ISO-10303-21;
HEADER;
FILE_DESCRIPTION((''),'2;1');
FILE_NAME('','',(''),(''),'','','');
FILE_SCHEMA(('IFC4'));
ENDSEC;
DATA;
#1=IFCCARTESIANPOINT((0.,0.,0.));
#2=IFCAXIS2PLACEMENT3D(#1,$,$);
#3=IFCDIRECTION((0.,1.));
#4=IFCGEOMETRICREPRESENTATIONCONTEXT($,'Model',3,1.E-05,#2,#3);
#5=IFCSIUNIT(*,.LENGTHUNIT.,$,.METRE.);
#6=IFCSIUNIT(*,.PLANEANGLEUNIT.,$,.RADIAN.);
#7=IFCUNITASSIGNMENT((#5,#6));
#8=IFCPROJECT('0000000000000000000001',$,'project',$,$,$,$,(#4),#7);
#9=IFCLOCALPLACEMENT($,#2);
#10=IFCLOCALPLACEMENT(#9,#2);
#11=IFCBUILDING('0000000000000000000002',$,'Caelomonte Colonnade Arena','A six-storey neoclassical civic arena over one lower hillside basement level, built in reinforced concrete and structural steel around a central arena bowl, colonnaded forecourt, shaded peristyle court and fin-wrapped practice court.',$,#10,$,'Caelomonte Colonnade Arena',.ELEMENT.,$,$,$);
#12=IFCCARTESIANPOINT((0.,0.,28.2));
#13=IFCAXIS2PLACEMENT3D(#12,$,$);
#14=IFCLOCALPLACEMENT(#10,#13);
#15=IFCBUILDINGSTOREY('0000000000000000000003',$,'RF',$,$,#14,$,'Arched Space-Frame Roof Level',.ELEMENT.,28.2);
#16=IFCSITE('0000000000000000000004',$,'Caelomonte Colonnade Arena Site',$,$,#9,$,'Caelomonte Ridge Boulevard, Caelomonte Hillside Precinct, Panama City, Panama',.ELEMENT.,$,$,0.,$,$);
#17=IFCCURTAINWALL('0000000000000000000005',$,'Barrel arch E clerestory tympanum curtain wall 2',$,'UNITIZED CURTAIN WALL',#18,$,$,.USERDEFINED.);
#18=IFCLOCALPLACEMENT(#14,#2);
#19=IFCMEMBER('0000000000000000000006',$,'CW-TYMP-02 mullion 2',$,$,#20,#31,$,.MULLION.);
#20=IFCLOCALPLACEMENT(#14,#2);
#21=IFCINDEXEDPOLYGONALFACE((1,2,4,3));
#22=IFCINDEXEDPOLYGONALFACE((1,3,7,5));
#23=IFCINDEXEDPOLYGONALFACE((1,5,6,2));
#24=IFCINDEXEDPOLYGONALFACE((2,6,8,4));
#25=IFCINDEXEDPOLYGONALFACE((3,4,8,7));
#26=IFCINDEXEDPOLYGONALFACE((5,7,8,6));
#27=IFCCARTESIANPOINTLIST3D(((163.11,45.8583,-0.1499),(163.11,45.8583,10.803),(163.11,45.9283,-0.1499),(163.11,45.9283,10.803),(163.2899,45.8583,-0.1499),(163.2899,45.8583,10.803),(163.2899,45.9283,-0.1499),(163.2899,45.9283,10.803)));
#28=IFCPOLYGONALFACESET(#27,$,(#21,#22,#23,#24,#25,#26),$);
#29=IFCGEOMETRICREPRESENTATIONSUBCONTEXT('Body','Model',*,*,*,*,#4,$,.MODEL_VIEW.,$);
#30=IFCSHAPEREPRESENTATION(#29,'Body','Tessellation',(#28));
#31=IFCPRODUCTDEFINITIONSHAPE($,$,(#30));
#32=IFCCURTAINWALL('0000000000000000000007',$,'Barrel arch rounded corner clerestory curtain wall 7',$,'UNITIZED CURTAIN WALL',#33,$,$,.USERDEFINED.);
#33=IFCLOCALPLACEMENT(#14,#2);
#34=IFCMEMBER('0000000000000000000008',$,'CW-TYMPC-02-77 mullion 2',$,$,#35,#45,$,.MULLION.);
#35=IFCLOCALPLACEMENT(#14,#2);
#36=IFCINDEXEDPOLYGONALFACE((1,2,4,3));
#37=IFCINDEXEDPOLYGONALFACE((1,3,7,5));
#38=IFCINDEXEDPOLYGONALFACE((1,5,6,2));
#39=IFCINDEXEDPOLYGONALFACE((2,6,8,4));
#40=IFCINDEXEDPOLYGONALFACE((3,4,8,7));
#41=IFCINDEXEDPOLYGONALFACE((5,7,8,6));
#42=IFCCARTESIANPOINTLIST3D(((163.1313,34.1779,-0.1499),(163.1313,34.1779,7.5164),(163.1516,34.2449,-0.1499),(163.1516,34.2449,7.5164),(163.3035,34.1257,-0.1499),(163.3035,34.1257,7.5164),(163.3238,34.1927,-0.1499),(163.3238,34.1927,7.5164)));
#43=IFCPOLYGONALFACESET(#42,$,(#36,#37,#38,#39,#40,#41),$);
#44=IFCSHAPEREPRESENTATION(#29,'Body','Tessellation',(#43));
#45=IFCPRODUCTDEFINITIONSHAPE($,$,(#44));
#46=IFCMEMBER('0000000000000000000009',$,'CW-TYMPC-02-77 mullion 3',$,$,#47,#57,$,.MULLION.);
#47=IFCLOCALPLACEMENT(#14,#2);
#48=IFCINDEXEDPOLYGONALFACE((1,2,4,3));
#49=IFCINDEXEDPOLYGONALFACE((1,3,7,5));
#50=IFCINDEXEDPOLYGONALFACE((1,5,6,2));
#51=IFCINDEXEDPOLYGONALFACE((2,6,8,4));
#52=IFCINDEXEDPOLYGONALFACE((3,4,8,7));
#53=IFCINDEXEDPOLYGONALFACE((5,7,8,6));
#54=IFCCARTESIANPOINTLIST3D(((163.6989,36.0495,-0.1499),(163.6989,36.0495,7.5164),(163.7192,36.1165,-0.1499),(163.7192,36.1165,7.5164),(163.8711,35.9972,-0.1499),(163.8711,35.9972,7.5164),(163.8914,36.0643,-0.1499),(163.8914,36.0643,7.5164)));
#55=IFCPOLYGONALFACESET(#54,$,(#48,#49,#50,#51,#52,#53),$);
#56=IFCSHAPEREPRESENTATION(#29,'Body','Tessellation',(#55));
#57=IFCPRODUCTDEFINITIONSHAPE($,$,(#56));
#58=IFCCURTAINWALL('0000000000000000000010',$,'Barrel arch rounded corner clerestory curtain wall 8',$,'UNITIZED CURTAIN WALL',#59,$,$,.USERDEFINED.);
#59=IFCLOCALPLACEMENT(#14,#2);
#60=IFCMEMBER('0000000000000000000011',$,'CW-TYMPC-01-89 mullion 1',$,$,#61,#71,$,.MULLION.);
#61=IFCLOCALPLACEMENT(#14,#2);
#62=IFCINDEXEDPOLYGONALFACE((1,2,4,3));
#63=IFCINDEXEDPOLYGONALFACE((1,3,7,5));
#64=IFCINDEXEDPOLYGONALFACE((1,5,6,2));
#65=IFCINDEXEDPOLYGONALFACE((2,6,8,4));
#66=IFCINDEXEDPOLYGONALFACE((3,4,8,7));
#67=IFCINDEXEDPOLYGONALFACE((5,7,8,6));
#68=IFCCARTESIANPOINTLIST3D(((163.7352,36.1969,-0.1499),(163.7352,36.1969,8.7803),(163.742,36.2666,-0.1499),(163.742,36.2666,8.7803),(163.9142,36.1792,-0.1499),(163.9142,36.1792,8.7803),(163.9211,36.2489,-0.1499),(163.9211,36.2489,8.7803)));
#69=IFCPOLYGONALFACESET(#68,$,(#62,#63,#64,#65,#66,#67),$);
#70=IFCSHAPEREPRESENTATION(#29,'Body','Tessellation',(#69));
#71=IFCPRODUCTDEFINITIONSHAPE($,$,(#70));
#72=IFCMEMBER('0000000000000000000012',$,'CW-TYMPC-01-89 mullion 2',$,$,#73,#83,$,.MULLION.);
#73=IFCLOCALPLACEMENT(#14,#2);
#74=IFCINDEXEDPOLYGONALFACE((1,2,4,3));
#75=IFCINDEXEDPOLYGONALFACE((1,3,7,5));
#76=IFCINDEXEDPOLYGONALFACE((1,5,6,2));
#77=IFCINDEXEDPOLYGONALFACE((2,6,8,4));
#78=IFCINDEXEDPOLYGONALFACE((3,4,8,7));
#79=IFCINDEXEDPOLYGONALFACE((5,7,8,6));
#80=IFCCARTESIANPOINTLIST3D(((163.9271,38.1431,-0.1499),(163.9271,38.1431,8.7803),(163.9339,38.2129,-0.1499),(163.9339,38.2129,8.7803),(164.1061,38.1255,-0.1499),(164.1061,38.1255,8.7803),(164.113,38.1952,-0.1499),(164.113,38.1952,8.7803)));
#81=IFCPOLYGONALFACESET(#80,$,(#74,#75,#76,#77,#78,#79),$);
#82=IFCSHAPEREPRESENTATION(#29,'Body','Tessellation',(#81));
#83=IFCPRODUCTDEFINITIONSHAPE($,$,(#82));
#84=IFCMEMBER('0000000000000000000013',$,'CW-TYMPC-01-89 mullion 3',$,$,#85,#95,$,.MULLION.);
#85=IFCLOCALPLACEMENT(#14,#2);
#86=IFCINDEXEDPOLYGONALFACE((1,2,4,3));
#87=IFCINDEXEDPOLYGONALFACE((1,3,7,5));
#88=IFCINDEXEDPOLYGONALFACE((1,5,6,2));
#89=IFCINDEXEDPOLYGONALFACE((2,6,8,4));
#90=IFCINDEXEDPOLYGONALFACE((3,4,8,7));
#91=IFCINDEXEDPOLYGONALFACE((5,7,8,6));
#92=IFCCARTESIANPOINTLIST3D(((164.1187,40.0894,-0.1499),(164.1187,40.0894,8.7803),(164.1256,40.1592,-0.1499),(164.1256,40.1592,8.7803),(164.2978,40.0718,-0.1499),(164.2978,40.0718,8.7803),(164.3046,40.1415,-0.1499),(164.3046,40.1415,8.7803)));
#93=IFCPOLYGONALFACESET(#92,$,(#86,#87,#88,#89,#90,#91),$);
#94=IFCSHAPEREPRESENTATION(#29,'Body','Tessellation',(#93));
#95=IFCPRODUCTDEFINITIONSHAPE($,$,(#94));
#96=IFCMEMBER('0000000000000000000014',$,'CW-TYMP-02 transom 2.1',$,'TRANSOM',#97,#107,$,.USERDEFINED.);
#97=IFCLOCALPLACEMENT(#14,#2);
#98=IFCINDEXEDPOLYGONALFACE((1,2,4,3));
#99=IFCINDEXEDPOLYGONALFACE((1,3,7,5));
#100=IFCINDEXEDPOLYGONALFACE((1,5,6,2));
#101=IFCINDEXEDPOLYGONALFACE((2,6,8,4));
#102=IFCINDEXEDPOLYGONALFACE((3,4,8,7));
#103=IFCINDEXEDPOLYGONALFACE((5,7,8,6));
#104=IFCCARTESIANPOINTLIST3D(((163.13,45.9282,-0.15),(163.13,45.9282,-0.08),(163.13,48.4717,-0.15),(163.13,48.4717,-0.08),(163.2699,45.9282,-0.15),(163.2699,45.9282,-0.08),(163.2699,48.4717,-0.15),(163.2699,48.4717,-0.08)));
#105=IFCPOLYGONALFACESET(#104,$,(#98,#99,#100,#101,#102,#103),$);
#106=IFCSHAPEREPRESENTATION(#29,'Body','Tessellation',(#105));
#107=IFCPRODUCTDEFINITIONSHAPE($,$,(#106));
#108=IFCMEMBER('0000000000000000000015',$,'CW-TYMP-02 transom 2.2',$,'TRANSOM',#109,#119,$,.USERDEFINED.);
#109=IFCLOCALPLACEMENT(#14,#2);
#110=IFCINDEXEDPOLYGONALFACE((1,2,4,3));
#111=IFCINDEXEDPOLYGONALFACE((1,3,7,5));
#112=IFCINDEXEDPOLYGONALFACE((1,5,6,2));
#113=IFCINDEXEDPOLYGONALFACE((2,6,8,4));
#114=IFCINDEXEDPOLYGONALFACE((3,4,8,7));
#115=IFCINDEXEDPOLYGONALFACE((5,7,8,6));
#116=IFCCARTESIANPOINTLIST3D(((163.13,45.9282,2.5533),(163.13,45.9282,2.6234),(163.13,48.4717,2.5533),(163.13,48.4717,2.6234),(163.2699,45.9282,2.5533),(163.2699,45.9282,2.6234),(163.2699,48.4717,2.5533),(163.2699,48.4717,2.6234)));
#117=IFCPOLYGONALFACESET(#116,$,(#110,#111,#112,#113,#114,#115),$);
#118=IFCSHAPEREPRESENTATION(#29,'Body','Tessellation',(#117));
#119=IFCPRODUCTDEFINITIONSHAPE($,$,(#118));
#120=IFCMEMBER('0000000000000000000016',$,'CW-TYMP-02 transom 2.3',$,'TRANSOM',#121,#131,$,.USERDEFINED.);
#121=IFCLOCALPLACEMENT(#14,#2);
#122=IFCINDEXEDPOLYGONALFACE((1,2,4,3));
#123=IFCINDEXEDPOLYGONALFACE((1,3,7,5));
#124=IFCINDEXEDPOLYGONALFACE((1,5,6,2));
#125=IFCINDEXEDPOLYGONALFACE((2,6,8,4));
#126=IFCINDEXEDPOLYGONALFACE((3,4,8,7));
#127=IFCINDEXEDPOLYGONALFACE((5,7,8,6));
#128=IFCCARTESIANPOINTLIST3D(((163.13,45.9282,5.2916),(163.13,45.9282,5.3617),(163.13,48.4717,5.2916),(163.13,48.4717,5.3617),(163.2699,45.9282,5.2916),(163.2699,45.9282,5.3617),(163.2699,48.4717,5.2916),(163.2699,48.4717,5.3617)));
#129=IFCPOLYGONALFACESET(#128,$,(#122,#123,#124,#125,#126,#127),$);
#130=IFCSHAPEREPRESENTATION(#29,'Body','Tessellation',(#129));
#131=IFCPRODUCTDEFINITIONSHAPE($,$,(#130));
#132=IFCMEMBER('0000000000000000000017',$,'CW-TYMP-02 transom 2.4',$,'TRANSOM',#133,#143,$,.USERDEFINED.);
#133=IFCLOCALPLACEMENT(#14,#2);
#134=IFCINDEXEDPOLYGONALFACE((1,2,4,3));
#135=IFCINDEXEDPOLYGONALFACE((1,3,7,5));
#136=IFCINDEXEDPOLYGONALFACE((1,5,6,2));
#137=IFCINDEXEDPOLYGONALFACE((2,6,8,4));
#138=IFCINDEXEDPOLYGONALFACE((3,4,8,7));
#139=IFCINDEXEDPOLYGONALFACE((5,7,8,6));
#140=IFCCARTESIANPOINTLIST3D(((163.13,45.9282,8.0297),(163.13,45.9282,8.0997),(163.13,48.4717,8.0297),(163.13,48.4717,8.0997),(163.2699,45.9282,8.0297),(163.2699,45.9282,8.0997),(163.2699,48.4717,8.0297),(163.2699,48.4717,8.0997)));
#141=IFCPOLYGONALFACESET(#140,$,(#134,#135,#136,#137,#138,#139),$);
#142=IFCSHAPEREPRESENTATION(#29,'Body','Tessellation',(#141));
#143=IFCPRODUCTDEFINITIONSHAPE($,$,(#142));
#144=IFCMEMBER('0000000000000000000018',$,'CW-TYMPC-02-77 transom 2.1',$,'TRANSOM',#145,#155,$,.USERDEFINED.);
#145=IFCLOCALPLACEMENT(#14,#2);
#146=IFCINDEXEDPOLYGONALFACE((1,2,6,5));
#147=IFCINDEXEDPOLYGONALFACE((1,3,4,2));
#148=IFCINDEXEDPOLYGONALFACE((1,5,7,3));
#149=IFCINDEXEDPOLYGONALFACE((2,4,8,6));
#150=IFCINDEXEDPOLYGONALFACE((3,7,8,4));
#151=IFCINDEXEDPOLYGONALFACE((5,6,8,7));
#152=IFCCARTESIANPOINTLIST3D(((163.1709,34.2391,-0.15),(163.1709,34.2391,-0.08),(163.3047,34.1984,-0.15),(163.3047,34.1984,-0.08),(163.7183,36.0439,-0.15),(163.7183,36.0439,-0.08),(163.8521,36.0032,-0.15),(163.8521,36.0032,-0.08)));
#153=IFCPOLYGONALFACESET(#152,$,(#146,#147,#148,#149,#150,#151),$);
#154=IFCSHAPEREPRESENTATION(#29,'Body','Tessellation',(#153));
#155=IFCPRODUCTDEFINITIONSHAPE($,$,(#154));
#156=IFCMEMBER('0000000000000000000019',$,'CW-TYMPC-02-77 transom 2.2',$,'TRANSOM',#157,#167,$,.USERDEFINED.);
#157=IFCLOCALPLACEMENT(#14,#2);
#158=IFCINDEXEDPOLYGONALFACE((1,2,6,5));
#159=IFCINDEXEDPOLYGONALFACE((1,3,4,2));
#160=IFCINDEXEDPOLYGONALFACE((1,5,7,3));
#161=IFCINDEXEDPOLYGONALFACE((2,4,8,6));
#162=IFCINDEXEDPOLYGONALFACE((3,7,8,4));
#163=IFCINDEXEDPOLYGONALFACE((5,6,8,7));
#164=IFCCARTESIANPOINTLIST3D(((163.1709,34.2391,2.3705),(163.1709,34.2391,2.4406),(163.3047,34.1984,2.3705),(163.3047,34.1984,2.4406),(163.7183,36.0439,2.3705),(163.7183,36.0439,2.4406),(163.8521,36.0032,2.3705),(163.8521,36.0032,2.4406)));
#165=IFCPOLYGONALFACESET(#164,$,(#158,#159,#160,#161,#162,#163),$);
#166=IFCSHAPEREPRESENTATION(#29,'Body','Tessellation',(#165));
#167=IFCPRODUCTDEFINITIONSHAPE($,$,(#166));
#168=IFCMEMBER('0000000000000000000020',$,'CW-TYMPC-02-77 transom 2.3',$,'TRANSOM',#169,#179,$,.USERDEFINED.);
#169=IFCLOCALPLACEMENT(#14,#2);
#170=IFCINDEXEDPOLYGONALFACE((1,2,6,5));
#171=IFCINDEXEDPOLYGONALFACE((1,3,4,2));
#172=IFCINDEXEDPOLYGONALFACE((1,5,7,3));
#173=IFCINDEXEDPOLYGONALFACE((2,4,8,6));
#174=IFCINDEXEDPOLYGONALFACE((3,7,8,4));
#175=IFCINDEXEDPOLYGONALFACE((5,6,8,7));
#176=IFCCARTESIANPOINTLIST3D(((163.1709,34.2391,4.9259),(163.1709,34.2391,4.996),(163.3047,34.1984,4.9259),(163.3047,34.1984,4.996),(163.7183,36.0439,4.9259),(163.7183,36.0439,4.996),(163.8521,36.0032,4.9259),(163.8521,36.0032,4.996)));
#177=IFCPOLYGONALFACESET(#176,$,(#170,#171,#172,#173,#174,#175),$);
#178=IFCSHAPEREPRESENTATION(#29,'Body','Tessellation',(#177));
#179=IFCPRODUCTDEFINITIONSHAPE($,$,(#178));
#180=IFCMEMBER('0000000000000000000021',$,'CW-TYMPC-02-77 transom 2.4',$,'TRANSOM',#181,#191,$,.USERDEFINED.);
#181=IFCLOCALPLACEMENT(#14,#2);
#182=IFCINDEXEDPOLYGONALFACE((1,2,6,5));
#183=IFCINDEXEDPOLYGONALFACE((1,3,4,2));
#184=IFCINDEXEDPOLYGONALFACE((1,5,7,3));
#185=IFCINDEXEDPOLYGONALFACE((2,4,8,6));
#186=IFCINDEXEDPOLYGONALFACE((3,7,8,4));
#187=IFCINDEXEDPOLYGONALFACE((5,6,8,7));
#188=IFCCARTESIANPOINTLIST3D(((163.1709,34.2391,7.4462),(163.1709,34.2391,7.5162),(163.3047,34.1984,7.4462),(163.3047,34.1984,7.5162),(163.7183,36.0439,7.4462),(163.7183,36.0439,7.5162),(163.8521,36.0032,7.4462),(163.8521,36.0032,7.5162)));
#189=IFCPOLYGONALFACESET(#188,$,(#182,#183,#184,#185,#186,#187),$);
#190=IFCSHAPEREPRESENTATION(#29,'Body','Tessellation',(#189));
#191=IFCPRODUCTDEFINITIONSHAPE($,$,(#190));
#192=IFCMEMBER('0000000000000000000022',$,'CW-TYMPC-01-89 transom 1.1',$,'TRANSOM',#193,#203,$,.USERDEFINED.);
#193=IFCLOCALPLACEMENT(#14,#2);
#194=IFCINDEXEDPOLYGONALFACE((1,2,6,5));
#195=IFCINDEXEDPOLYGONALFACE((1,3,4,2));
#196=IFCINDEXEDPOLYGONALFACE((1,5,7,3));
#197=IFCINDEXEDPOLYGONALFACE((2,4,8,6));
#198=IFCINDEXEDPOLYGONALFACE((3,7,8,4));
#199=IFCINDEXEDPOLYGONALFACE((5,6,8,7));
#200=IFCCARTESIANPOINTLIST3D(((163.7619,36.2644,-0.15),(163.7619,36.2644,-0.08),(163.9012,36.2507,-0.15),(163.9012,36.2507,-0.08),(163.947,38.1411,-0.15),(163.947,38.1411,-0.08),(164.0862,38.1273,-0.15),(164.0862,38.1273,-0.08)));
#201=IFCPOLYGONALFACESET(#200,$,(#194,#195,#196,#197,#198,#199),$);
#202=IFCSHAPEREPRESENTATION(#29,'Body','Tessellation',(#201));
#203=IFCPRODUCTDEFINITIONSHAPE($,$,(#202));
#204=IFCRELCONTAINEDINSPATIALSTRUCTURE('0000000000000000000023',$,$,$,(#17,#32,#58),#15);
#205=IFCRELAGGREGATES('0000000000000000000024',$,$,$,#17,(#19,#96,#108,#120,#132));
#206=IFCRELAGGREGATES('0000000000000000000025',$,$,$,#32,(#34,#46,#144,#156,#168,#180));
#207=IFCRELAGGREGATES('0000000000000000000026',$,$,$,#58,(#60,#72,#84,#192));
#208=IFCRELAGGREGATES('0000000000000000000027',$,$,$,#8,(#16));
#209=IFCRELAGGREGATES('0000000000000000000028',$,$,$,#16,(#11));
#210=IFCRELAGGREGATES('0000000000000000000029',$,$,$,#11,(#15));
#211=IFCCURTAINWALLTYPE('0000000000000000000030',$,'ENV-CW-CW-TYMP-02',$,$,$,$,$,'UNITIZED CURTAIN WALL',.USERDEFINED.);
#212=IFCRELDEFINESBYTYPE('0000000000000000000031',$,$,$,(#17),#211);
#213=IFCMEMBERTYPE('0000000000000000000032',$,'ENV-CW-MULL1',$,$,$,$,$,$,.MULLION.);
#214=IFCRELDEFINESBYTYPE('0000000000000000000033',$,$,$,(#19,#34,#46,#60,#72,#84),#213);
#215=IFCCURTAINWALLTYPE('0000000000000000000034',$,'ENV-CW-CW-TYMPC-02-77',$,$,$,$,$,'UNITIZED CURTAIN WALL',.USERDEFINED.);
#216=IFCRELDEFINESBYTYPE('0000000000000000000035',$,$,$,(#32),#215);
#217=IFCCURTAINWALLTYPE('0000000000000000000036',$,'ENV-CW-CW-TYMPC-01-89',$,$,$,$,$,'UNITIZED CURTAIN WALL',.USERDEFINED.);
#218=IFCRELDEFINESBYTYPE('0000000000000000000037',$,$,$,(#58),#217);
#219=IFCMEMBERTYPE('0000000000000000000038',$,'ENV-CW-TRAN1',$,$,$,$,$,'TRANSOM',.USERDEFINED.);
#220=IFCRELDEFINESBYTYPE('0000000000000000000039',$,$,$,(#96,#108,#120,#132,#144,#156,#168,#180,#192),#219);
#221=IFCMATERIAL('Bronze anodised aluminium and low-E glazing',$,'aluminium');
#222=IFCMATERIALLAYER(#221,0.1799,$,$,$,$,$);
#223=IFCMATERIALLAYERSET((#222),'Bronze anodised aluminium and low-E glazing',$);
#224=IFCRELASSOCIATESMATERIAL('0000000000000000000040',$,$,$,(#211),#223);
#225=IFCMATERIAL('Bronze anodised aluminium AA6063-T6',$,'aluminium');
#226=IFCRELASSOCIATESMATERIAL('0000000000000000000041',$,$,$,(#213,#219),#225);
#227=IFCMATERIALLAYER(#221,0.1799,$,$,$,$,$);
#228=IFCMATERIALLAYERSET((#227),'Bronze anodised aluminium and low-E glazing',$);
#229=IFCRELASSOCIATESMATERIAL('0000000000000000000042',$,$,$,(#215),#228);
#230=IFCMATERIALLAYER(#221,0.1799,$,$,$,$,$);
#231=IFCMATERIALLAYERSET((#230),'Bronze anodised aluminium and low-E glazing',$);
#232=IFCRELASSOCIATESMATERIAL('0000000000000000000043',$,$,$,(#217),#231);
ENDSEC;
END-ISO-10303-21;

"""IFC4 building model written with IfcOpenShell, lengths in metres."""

from ifc_helpers import new_model, si_unit, direction, frame, origin, origin_2d, place, context, subcontext, project, spatial, rectangle, extrude, material, layer, layer_set, material_profile, profile_set, type_object, element, aggregate, save


model = new_model("IFC4")

# Units and contexts
model_context = context("Model", 3, precision=1e-05, world=origin(), true_north=direction((0.0, 1.0)))
body_context = subcontext(model_context, "Body", "Model", "MODEL_VIEW")
ifc_project = project(units=[si_unit("LENGTHUNIT", "METRE"), si_unit("PLANEANGLEUNIT", "RADIAN")], contexts=[model_context])

# Site, building, storey
site_placement = place(None, origin())
site = spatial("IfcSite", under=ifc_project, at=site_placement, Name="Caelomonte Colonnade Arena Site", LongName="Caelomonte Ridge Boulevard, Caelomonte Hillside Precinct, Panama City, Panama", CompositionType="ELEMENT", RefElevation=0.0)
building_placement = place(site_placement, origin())
building = spatial("IfcBuilding", under=site, at=building_placement, Name="Caelomonte Colonnade Arena", Description="A six-storey neoclassical civic arena over one lower hillside basement level, built in reinforced concrete and structural steel around a central arena bowl, colonnaded forecourt, shaded peristyle court and fin-wrapped practice court.", LongName="Caelomonte Colonnade Arena", CompositionType="ELEMENT")
storey_placement = place(building_placement, frame((0.0, 0.0, 28.2)))
storey = spatial("IfcBuildingStorey", under=building, at=storey_placement, Name="RF", LongName="Arched Space-Frame Roof Level", CompositionType="ELEMENT", Elevation=28.2)

# Curtain wall, member
ifc_material_1 = material(Name="Bronze anodised aluminium and low-E glazing", Category="aluminium")
ifc_layer_1 = layer(ifc_material_1, 0.1799)
ifc_layer_set_1 = layer_set([ifc_layer_1], Name="Bronze anodised aluminium and low-E glazing")
curtain_wall_type_1 = type_object("IfcCurtainWallType", Name="ENV-CW-CW-TYMP-02", ElementType="UNITIZED CURTAIN WALL", PredefinedType="USERDEFINED", material=ifc_layer_set_1)
curtain_wall_1_placement = place(storey_placement, origin())
curtain_wall_1 = element("IfcCurtainWall", 1, at=curtain_wall_1_placement, inside=storey, type_object=curtain_wall_type_1, Name="Barrel arch E clerestory tympanum curtain wall 2", ObjectType="UNITIZED CURTAIN WALL", PredefinedType="USERDEFINED")
ifc_material_2 = material(Name="Bronze anodised aluminium AA6063-T6", Category="aluminium")
ifc_material_profile_1 = material_profile(ifc_material_2, rectangle(XDim=0.0701, YDim=0.1799, at=origin_2d()), Name="CWM-70X180")
ifc_profile_set_1 = profile_set([ifc_material_profile_1], Name="Bronze anodised aluminium AA6063-T6")
member_type_1 = type_object("IfcMemberType", Name="ENV-CW-MULL1", PredefinedType="MULLION", material=ifc_profile_set_1)
member_1_placement = place(storey_placement, frame((163.2, 45.8933, -0.1499), z_axis=(0.0, 0.0, 1.0), x_axis=(0.0, 1.0, 0.0)))
member_1 = element("IfcMember", 2, at=member_1_placement, type_object=member_type_1, Name="CW-TYMP-02 mullion 2", PredefinedType="MULLION", context=body_context, shape_type="SweptSolid", body=[
    extrude(rectangle(XDim=0.0701, YDim=0.1799, at=origin_2d()), origin(), (0.0, 0.0, 1.0), 10.9529),
])

# Curtain walls, members
ifc_layer_2 = layer(ifc_material_1, 0.1799)
ifc_layer_set_2 = layer_set([ifc_layer_2], Name="Bronze anodised aluminium and low-E glazing")
curtain_wall_type_2 = type_object("IfcCurtainWallType", Name="ENV-CW-CW-TYMPC-02-77", ElementType="UNITIZED CURTAIN WALL", PredefinedType="USERDEFINED", material=ifc_layer_set_2)
curtain_wall_2_placement = place(storey_placement, origin())
curtain_wall_2 = element("IfcCurtainWall", 3, at=curtain_wall_2_placement, inside=storey, type_object=curtain_wall_type_2, Name="Barrel arch rounded corner clerestory curtain wall 7", ObjectType="UNITIZED CURTAIN WALL", PredefinedType="USERDEFINED")
member_2_placement = place(storey_placement, frame((163.2275, 34.1853, -0.1499), z_axis=(0.0, 0.0, 1.0), x_axis=(0.290266, 0.956946, 0.0)))
member_2 = element("IfcMember", 4, at=member_2_placement, type_object=member_type_1, Name="CW-TYMPC-02-77 mullion 2", PredefinedType="MULLION", context=body_context, shape_type="SweptSolid", body=[
    extrude(rectangle(XDim=0.0701, YDim=0.1799, at=origin_2d()), origin(), (0.0, 0.0, 1.0), 7.6663),
])
member_3_placement = place(storey_placement, frame((163.7952, 36.0569, -0.1499), z_axis=(0.0, 0.0, 1.0), x_axis=(0.290266, 0.956946, 0.0)))
member_3 = element("IfcMember", 5, at=member_3_placement, type_object=member_type_1, Name="CW-TYMPC-02-77 mullion 3", PredefinedType="MULLION", context=body_context, shape_type="SweptSolid", body=[
    extrude(rectangle(XDim=0.0701, YDim=0.1799, at=origin_2d()), origin(), (0.0, 0.0, 1.0), 7.6663),
])
ifc_layer_3 = layer(ifc_material_1, 0.1799)
ifc_layer_set_3 = layer_set([ifc_layer_3], Name="Bronze anodised aluminium and low-E glazing")
curtain_wall_type_3 = type_object("IfcCurtainWallType", Name="ENV-CW-CW-TYMPC-01-89", ElementType="UNITIZED CURTAIN WALL", PredefinedType="USERDEFINED", material=ifc_layer_set_3)
curtain_wall_3_placement = place(storey_placement, origin())
curtain_wall_3 = element("IfcCurtainWall", 6, at=curtain_wall_3_placement, inside=storey, type_object=curtain_wall_type_3, Name="Barrel arch rounded corner clerestory curtain wall 8", ObjectType="UNITIZED CURTAIN WALL", PredefinedType="USERDEFINED")
member_4_placement = place(storey_placement, frame((163.8281, 36.2229, -0.1499), z_axis=(0.0, 0.0, 1.0), x_axis=(0.098031, 0.995183, 0.0)))
member_4 = element("IfcMember", 7, at=member_4_placement, type_object=member_type_1, Name="CW-TYMPC-01-89 mullion 1", PredefinedType="MULLION", context=body_context, shape_type="SweptSolid", body=[
    extrude(rectangle(XDim=0.0701, YDim=0.1799, at=origin_2d()), origin(), (0.0, 0.0, 1.0), 8.9302),
])
member_5_placement = place(storey_placement, frame((164.02, 38.1692, -0.1499), z_axis=(0.0, 0.0, 1.0), x_axis=(0.098031, 0.995183, 0.0)))
member_5 = element("IfcMember", 8, at=member_5_placement, type_object=member_type_1, Name="CW-TYMPC-01-89 mullion 2", PredefinedType="MULLION", context=body_context, shape_type="SweptSolid", body=[
    extrude(rectangle(XDim=0.0701, YDim=0.1799, at=origin_2d()), origin(), (0.0, 0.0, 1.0), 8.9302),
])
member_6_placement = place(storey_placement, frame((164.2117, 40.1155, -0.1499), z_axis=(0.0, 0.0, 1.0), x_axis=(0.098031, 0.995183, 0.0)))
member_6 = element("IfcMember", 9, at=member_6_placement, type_object=member_type_1, Name="CW-TYMPC-01-89 mullion 3", PredefinedType="MULLION", context=body_context, shape_type="SweptSolid", body=[
    extrude(rectangle(XDim=0.0701, YDim=0.1799, at=origin_2d()), origin(), (0.0, 0.0, 1.0), 8.9302),
])

# Members
ifc_material_profile_2 = material_profile(ifc_material_2, rectangle(XDim=0.0701, YDim=0.1399, at=origin_2d()), Name="CWT-70X140")
ifc_profile_set_2 = profile_set([ifc_material_profile_2], Name="Bronze anodised aluminium AA6063-T6")
member_type_2 = type_object("IfcMemberType", Name="ENV-CW-TRAN1", ElementType="TRANSOM", PredefinedType="USERDEFINED", material=ifc_profile_set_2)
member_7_placement = place(storey_placement, frame((163.2, 45.9282, -0.115), z_axis=(0.0, 1.0, 0.0), x_axis=(0.0, 0.0, 1.0)))
member_7 = element("IfcMember", 10, at=member_7_placement, type_object=member_type_2, Name="CW-TYMP-02 transom 2.1", ObjectType="TRANSOM", PredefinedType="USERDEFINED", context=body_context, shape_type="SweptSolid", body=[
    extrude(rectangle(XDim=0.0701, YDim=0.1399, at=origin_2d()), origin(), (0.0, 0.0, 1.0), 2.5435),
])
member_8_placement = place(storey_placement, frame((163.2, 45.9282, 2.5884), z_axis=(0.0, 1.0, 0.0), x_axis=(0.0, 0.0, 1.0)))
member_8 = element("IfcMember", 11, at=member_8_placement, type_object=member_type_2, Name="CW-TYMP-02 transom 2.2", ObjectType="TRANSOM", PredefinedType="USERDEFINED", context=body_context, shape_type="SweptSolid", body=[
    extrude(rectangle(XDim=0.0701, YDim=0.1399, at=origin_2d()), origin(), (0.0, 0.0, 1.0), 2.5435),
])
member_9_placement = place(storey_placement, frame((163.2, 45.9282, 5.3267), z_axis=(0.0, 1.0, 0.0), x_axis=(0.0, 0.0, 1.0)))
member_9 = element("IfcMember", 12, at=member_9_placement, type_object=member_type_2, Name="CW-TYMP-02 transom 2.3", ObjectType="TRANSOM", PredefinedType="USERDEFINED", context=body_context, shape_type="SweptSolid", body=[
    extrude(rectangle(XDim=0.0701, YDim=0.1399, at=origin_2d()), origin(), (0.0, 0.0, 1.0), 2.5435),
])
member_10_placement = place(storey_placement, frame((163.2, 45.9282, 8.0647), z_axis=(0.0, 1.0, 0.0), x_axis=(0.0, 0.0, 1.0)))
member_10 = element("IfcMember", 13, at=member_10_placement, type_object=member_type_2, Name="CW-TYMP-02 transom 2.4", ObjectType="TRANSOM", PredefinedType="USERDEFINED", context=body_context, shape_type="SweptSolid", body=[
    extrude(rectangle(XDim=0.0701, YDim=0.1399, at=origin_2d()), origin(), (0.0, 0.0, 1.0), 2.5435),
])
aggregate(curtain_wall_1, [member_1, member_7, member_8, member_9, member_10])
member_11_placement = place(storey_placement, frame((163.2378, 34.2188, -0.115), z_axis=(0.290245, 0.956953, 0.0), x_axis=(0.0, 0.0, 1.0)))
member_11 = element("IfcMember", 14, at=member_11_placement, type_object=member_type_2, Name="CW-TYMPC-02-77 transom 2.1", ObjectType="TRANSOM", PredefinedType="USERDEFINED", context=body_context, shape_type="SweptSolid", body=[
    extrude(rectangle(XDim=0.0701, YDim=0.1399, at=origin_2d()), origin(), (0.0, 0.0, 1.0), 1.886),
])
member_12_placement = place(storey_placement, frame((163.2378, 34.2188, 2.4055), z_axis=(0.290245, 0.956953, 0.0), x_axis=(0.0, 0.0, 1.0)))
member_12 = element("IfcMember", 15, at=member_12_placement, type_object=member_type_2, Name="CW-TYMPC-02-77 transom 2.2", ObjectType="TRANSOM", PredefinedType="USERDEFINED", context=body_context, shape_type="SweptSolid", body=[
    extrude(rectangle(XDim=0.0701, YDim=0.1399, at=origin_2d()), origin(), (0.0, 0.0, 1.0), 1.886),
])
member_13_placement = place(storey_placement, frame((163.2378, 34.2188, 4.9609), z_axis=(0.290245, 0.956953, 0.0), x_axis=(0.0, 0.0, 1.0)))
member_13 = element("IfcMember", 16, at=member_13_placement, type_object=member_type_2, Name="CW-TYMPC-02-77 transom 2.3", ObjectType="TRANSOM", PredefinedType="USERDEFINED", context=body_context, shape_type="SweptSolid", body=[
    extrude(rectangle(XDim=0.0701, YDim=0.1399, at=origin_2d()), origin(), (0.0, 0.0, 1.0), 1.886),
])
member_14_placement = place(storey_placement, frame((163.2378, 34.2188, 7.4812), z_axis=(0.290245, 0.956953, 0.0), x_axis=(0.0, 0.0, 1.0)))
member_14 = element("IfcMember", 17, at=member_14_placement, type_object=member_type_2, Name="CW-TYMPC-02-77 transom 2.4", ObjectType="TRANSOM", PredefinedType="USERDEFINED", context=body_context, shape_type="SweptSolid", body=[
    extrude(rectangle(XDim=0.0701, YDim=0.1399, at=origin_2d()), origin(), (0.0, 0.0, 1.0), 1.886),
])
member_15_placement = place(storey_placement, frame((163.8315, 36.2576, -0.115), z_axis=(0.098132, 0.995173, 0.0), x_axis=(0.0, 0.0, 1.0)))
member_15 = element("IfcMember", 18, at=member_15_placement, type_object=member_type_2, Name="CW-TYMPC-01-89 transom 1.1", ObjectType="TRANSOM", PredefinedType="USERDEFINED", context=body_context, shape_type="SweptSolid", body=[
    extrude(rectangle(XDim=0.0701, YDim=0.1399, at=origin_2d()), origin(), (0.0, 0.0, 1.0), 1.8857),
])

aggregate(curtain_wall_2, [member_2, member_3, member_11, member_12, member_13, member_14])
aggregate(curtain_wall_3, [member_4, member_5, member_6, member_15])

save(model, "model.ifc")
